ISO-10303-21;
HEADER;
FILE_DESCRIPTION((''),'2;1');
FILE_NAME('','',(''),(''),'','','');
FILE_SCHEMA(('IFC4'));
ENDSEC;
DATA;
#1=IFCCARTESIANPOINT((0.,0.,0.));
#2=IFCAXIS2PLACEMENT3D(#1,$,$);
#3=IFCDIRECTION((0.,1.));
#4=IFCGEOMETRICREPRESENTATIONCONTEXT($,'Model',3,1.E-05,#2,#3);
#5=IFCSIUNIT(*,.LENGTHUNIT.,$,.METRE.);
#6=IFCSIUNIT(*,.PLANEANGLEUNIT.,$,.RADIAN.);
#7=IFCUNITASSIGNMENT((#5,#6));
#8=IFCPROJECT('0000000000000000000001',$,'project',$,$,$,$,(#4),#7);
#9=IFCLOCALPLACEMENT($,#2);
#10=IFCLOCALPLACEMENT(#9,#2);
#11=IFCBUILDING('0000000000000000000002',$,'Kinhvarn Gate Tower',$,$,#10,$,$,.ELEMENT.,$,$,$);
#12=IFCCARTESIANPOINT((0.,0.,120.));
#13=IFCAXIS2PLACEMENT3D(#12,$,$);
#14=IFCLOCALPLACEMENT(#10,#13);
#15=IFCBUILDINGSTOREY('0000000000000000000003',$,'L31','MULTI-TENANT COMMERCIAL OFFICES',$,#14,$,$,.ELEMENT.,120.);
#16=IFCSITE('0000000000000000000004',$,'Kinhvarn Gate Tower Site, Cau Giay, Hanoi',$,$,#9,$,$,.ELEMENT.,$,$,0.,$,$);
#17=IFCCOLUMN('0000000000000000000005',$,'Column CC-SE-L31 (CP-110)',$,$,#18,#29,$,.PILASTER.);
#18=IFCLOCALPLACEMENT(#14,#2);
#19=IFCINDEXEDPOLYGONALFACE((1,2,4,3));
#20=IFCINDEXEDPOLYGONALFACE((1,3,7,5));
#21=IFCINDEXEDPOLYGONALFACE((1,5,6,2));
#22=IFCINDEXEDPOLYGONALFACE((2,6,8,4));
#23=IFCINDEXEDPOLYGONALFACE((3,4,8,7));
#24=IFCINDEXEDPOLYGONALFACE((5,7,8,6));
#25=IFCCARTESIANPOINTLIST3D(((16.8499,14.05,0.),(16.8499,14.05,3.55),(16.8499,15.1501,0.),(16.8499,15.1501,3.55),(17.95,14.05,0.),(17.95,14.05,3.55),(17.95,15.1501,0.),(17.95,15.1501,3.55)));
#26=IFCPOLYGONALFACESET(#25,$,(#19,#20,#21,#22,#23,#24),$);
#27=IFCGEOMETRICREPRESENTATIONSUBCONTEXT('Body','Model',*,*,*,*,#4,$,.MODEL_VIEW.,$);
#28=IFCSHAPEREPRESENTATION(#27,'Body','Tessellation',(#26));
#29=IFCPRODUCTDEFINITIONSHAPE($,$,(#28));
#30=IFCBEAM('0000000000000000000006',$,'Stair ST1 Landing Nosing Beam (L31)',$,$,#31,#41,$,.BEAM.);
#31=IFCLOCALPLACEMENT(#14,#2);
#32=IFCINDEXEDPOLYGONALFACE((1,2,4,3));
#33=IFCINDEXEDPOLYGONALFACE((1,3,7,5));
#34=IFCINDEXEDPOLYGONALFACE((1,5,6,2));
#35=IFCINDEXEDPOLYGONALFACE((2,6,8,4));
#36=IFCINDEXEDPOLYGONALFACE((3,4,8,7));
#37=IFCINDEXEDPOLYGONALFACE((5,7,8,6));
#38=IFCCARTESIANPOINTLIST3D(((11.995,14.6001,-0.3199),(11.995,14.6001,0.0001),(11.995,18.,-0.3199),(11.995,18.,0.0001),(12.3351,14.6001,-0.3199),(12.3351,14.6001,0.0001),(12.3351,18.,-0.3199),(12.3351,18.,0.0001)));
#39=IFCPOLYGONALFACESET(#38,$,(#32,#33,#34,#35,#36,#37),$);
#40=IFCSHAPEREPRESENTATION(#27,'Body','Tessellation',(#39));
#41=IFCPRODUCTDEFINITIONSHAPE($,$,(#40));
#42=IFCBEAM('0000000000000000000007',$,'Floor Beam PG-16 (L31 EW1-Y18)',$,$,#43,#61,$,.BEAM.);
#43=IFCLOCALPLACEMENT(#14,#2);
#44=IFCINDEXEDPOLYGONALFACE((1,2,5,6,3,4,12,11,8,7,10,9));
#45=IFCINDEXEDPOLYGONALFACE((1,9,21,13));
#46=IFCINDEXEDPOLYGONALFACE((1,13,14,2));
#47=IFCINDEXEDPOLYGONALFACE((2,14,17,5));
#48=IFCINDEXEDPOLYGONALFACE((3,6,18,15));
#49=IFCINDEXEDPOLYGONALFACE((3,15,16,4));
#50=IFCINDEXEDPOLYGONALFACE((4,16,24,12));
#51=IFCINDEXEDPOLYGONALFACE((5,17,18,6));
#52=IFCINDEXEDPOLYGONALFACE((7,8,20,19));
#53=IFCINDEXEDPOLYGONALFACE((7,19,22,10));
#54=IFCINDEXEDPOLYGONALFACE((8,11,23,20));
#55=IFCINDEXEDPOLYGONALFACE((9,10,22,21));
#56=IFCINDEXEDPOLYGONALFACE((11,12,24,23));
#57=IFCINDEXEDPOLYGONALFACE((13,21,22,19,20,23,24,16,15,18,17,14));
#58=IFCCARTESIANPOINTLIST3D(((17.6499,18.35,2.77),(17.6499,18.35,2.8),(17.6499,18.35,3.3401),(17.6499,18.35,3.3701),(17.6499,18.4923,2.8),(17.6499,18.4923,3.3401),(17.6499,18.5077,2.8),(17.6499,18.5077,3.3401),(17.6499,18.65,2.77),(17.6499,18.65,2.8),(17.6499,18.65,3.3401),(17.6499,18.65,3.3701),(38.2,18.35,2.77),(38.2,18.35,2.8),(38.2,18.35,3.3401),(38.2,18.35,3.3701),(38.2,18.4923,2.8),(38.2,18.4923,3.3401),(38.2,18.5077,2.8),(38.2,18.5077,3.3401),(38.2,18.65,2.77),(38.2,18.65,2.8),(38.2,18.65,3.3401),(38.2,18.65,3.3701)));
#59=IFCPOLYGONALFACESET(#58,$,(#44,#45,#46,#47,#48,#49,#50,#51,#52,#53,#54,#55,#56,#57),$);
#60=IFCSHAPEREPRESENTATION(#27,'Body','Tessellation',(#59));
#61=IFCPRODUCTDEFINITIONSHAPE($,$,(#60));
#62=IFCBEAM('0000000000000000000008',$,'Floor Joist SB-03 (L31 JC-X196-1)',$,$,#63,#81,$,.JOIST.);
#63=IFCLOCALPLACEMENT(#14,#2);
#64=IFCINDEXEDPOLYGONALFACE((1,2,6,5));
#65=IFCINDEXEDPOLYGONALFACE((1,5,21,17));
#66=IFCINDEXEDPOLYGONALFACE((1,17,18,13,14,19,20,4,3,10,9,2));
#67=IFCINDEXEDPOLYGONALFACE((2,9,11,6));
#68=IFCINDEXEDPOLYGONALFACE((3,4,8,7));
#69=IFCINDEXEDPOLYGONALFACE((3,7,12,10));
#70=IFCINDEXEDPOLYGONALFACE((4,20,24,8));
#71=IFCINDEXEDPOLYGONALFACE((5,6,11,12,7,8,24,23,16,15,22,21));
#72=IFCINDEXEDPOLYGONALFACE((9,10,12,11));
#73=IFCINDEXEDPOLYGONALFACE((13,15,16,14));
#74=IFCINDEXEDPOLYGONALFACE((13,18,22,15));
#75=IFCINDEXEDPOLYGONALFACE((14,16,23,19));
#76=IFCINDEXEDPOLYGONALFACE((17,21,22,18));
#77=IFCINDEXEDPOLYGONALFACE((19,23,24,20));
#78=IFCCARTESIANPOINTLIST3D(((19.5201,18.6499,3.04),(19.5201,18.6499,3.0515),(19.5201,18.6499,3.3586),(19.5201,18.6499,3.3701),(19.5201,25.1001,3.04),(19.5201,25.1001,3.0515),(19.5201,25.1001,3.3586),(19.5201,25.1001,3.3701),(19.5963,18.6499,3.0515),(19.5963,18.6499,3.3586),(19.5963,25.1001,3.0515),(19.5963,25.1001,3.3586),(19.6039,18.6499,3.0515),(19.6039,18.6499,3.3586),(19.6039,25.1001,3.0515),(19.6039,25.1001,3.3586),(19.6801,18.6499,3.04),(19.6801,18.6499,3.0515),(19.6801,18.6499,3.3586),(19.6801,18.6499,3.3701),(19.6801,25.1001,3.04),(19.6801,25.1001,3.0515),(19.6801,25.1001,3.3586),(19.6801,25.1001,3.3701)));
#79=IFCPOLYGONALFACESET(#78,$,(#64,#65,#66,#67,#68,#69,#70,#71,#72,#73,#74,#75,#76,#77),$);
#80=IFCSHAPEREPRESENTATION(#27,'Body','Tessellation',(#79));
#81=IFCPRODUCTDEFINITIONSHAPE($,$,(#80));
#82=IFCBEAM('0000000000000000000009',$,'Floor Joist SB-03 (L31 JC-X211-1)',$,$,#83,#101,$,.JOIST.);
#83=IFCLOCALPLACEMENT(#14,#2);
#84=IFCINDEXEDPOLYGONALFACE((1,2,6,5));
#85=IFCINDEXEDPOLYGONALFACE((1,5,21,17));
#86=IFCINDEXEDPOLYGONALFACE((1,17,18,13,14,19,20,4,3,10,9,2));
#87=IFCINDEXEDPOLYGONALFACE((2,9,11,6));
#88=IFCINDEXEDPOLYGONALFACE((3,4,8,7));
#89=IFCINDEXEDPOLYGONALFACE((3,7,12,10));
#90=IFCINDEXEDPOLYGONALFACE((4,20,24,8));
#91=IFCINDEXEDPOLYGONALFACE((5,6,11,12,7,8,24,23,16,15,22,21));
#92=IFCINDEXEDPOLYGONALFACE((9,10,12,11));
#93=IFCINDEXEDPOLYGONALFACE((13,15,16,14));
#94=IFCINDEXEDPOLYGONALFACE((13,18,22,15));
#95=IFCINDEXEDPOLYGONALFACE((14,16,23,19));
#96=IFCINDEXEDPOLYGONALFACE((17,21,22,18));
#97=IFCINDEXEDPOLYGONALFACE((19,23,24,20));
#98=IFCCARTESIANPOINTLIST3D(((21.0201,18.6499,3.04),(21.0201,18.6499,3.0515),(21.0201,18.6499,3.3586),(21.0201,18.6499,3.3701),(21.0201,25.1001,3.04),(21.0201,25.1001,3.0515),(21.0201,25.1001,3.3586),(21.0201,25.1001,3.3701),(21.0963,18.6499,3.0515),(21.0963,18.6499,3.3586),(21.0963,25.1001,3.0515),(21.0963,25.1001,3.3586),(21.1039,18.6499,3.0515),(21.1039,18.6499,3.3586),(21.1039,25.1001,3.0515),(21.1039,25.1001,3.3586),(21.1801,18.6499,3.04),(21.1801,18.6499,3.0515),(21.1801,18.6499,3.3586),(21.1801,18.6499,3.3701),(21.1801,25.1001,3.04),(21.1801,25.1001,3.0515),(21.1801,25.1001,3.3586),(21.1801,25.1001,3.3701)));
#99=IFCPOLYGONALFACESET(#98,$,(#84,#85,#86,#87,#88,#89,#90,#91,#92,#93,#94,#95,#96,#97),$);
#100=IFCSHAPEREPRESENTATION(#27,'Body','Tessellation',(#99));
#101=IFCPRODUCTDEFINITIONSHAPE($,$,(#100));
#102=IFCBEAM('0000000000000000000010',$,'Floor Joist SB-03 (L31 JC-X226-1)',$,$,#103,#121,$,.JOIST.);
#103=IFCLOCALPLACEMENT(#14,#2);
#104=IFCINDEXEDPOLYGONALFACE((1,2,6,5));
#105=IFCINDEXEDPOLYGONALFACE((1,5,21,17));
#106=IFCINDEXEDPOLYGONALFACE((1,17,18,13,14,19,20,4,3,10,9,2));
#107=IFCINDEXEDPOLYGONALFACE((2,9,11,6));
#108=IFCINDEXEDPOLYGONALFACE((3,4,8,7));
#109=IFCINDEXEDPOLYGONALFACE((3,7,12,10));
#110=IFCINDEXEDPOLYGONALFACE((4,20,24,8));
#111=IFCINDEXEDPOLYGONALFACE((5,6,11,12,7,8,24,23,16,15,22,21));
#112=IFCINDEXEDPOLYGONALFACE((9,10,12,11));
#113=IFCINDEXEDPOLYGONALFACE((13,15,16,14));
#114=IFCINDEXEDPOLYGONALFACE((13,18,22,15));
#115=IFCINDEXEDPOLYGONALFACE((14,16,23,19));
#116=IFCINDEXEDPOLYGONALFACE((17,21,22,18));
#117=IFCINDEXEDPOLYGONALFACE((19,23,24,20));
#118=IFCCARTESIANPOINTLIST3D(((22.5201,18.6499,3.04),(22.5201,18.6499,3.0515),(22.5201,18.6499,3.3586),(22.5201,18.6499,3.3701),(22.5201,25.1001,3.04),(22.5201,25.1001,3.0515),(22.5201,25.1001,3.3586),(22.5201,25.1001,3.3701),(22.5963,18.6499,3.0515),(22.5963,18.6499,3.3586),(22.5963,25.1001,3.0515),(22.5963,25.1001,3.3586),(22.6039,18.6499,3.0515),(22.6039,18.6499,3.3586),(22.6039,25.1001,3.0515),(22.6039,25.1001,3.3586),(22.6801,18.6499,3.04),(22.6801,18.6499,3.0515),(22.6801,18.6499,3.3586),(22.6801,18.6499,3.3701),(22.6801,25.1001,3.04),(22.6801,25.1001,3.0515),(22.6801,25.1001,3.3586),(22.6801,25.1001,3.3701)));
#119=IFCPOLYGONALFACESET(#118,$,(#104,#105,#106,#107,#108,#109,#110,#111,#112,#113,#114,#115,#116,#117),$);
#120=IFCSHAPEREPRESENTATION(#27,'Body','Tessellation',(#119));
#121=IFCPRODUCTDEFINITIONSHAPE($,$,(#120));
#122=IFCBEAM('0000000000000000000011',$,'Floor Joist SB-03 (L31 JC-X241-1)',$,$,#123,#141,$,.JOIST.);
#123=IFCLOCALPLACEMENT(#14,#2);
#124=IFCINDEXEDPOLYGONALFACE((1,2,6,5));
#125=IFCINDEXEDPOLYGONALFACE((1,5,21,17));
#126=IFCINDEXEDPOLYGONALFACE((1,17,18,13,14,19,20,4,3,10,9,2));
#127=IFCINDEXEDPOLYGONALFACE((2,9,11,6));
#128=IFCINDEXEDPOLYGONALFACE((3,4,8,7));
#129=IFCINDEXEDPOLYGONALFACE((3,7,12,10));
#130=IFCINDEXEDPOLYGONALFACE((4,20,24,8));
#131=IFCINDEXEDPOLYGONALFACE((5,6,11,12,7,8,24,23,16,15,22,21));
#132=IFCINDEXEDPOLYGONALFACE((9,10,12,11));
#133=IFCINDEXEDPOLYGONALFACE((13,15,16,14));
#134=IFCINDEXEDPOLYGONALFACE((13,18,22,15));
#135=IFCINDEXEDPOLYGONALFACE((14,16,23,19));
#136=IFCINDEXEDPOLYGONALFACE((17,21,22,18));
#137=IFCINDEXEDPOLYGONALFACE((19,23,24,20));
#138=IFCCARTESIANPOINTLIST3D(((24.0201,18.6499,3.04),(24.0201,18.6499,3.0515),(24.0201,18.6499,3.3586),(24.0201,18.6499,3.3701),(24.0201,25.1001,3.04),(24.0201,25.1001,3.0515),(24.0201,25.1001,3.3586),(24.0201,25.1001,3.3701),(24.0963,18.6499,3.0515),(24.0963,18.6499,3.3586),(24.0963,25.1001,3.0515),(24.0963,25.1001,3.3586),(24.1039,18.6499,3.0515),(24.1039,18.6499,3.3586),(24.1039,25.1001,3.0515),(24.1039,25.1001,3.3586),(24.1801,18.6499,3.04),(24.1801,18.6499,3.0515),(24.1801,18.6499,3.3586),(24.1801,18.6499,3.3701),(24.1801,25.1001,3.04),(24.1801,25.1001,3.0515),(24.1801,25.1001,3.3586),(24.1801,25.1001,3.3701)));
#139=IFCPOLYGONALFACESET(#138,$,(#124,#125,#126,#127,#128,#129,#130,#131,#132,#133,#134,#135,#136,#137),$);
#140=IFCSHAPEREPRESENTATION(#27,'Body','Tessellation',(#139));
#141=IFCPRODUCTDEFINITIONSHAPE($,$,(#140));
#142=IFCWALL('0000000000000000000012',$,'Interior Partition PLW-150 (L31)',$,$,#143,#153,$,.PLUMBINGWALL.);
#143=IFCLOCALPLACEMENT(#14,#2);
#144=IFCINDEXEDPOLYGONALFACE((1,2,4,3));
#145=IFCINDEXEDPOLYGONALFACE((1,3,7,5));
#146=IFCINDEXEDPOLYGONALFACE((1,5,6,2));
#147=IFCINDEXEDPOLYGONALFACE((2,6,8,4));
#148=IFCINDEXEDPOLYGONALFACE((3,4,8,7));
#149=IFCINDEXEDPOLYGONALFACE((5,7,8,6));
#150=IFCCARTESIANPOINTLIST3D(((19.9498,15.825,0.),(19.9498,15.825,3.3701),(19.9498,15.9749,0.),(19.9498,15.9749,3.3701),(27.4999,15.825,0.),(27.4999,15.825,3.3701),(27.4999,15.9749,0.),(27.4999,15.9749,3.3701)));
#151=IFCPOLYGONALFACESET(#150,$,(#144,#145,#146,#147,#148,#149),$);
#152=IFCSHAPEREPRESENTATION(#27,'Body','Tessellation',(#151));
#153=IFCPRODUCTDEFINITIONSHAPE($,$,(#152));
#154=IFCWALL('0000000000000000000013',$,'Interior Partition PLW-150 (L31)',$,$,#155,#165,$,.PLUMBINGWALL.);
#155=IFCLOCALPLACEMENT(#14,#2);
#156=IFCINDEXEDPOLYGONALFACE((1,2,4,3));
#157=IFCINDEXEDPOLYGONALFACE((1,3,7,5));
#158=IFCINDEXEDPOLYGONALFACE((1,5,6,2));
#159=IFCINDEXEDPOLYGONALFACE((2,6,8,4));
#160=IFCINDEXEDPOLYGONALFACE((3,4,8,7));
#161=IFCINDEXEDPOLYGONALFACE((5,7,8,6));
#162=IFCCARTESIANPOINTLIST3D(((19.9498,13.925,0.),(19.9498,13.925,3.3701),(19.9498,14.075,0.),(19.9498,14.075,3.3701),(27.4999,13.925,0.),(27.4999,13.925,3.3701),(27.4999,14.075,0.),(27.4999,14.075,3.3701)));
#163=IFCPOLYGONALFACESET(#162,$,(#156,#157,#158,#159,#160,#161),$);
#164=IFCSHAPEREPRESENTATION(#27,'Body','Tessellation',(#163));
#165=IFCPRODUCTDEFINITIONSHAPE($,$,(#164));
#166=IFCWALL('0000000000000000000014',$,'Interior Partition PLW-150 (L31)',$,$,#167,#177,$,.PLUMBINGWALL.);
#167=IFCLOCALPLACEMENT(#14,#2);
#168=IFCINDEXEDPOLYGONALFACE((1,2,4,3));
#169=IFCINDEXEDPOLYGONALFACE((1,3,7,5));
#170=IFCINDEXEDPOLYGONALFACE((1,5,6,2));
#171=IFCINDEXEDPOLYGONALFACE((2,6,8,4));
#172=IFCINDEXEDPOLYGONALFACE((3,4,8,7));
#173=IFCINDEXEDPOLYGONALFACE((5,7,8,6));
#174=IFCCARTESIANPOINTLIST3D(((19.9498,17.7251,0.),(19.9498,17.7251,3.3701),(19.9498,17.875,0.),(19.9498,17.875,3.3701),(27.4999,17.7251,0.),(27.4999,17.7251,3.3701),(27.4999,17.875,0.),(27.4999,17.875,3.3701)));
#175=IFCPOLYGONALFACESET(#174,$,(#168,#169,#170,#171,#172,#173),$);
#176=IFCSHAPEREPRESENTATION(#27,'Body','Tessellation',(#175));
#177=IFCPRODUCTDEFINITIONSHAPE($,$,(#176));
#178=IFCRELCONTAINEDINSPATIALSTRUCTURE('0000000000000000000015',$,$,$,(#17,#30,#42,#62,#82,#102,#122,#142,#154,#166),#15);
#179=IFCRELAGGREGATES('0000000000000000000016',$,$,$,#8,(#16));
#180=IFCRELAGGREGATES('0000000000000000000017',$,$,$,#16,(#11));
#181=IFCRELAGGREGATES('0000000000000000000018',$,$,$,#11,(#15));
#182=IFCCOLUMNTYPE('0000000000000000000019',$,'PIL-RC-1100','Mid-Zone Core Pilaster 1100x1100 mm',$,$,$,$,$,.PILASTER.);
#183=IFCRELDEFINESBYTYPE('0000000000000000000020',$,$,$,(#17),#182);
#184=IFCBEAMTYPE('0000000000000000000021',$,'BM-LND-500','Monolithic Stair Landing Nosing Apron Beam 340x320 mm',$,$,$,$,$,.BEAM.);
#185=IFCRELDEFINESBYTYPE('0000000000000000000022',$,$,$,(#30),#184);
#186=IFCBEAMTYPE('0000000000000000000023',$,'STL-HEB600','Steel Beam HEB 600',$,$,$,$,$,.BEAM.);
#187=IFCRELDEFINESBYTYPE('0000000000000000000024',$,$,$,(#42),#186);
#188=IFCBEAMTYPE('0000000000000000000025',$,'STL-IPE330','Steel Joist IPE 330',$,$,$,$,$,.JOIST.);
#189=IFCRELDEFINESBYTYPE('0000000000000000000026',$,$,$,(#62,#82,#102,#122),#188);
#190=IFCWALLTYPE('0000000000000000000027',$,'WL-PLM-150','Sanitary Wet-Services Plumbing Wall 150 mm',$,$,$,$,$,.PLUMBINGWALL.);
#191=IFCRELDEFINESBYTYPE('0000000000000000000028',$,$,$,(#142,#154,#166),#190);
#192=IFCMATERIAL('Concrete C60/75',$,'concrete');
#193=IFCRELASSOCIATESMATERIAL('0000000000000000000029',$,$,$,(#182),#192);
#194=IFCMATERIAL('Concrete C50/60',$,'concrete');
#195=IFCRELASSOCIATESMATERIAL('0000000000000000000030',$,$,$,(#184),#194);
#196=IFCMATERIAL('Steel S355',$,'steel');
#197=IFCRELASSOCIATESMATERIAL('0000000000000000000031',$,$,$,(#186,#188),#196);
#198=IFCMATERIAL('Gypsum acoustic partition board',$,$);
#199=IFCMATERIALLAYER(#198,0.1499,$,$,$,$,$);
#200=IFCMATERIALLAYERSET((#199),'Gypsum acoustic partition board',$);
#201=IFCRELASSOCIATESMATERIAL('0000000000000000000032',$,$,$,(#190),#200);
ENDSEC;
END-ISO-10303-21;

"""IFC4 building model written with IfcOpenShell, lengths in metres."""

from ifc_helpers import new_model, si_unit, direction, frame, frame_2d, origin, origin_2d, place, context, subcontext, project, spatial, rectangle, i_section, extrude, material, layer, layer_set, material_profile, profile_set, type_object, element, save


model = new_model("IFC4")

# Units and contexts
model_context = context("Model", 3, precision=1e-05, world=origin(), true_north=direction((0.0, 1.0)))
body_context = subcontext(model_context, "Body", "Model", "MODEL_VIEW")
ifc_project = project(units=[si_unit("LENGTHUNIT", "METRE"), si_unit("PLANEANGLEUNIT", "RADIAN")], contexts=[model_context])

# Site, building, storey
site_placement = place(None, origin())
site = spatial("IfcSite", under=ifc_project, at=site_placement, Name="Kinhvarn Gate Tower Site, Cau Giay, Hanoi", CompositionType="ELEMENT", RefElevation=0.0)
building_placement = place(site_placement, origin())
building = spatial("IfcBuilding", under=site, at=building_placement, Name="Kinhvarn Gate Tower", CompositionType="ELEMENT")
storey_placement = place(building_placement, frame((0.0, 0.0, 120.0)))
storey = spatial("IfcBuildingStorey", under=building, at=storey_placement, Name="L31", Description="MULTI-TENANT COMMERCIAL OFFICES", CompositionType="ELEMENT", Elevation=120.0)

# Column
ifc_material_1 = material(Name="Concrete C60/75", Category="concrete")
ifc_material_profile_1 = material_profile(ifc_material_1, rectangle(XDim=1.1001, YDim=1.1001, at=origin_2d()), Name="RC 1100x1100")
ifc_profile_set_1 = profile_set([ifc_material_profile_1], Name="Concrete C60/75")
column_type = type_object("IfcColumnType", Name="PIL-RC-1100", Description="Mid-Zone Core Pilaster 1100x1100 mm", PredefinedType="PILASTER", material=ifc_profile_set_1)
column_placement = place(storey_placement, frame((17.3999, 14.6001, 0.0), z_axis=(0.0, 0.0, 1.0), x_axis=(1.0, 0.0, 0.0)))
element("IfcColumn", 1, at=column_placement, inside=storey, type_object=column_type, Name="Column CC-SE-L31 (CP-110)", PredefinedType="PILASTER", context=body_context, shape_type="SweptSolid", body=[
    extrude(rectangle(XDim=1.1001, YDim=1.1001, at=origin_2d()), origin(), (0.0, 0.0, 1.0), 3.55),
])

# Beams
ifc_material_2 = material(Name="Concrete C50/60", Category="concrete")
ifc_material_profile_2 = material_profile(ifc_material_2, rectangle(XDim=0.3401, YDim=0.3201, at=origin_2d()), Name="RC 340x320")
ifc_profile_set_2 = profile_set([ifc_material_profile_2], Name="Concrete C50/60")
beam_type_1 = type_object("IfcBeamType", Name="BM-LND-500", Description="Monolithic Stair Landing Nosing Apron Beam 340x320 mm", PredefinedType="BEAM", material=ifc_profile_set_2)
beam_1_placement = place(storey_placement, frame((12.165, 14.6001, -0.1599), z_axis=(0.0, 1.0, 0.0), x_axis=(-1.0, 0.0, 0.0)))
element("IfcBeam", 2, at=beam_1_placement, inside=storey, type_object=beam_type_1, Name="Stair ST1 Landing Nosing Beam (L31)", PredefinedType="BEAM", context=body_context, shape_type="SweptSolid", body=[
    extrude(rectangle(XDim=0.3401, YDim=0.3201, at=origin_2d()), origin(), (0.0, 0.0, 1.0), 3.3999),
])
ifc_material_3 = material(Name="Steel S355", Category="steel")
ifc_material_profile_3 = material_profile(ifc_material_3, i_section(OverallWidth=0.3, OverallDepth=0.6001, WebThickness=0.0154, FlangeThickness=0.03, at=origin_2d()), Name="HEB 600")
ifc_profile_set_3 = profile_set([ifc_material_profile_3], Name="Steel S355")
beam_type_2 = type_object("IfcBeamType", Name="STL-HEB600", Description="Steel Beam HEB 600", PredefinedType="BEAM", material=ifc_profile_set_3)
beam_2_placement = place(storey_placement, frame((17.6499, 18.5, 3.0701), z_axis=(1.0, 0.0, 0.0), x_axis=(0.0, 1.0, 0.0)))
element("IfcBeam", 3, at=beam_2_placement, inside=storey, type_object=beam_type_2, Name="Floor Beam PG-16 (L31 EW1-Y18)", PredefinedType="BEAM", context=body_context, shape_type="SweptSolid", body=[
    extrude(i_section(OverallWidth=0.3, OverallDepth=0.6001, WebThickness=0.0154, FlangeThickness=0.03, at=origin_2d()), origin(), (0.0, 0.0, 1.0), 20.55),
])
ifc_material_profile_4 = material_profile(ifc_material_3, i_section(OverallWidth=0.1599, OverallDepth=0.3301, WebThickness=0.0076, FlangeThickness=0.0115, at=origin_2d()), Name="IPE 330")
ifc_profile_set_4 = profile_set([ifc_material_profile_4], Name="Steel S355")
beam_type_3 = type_object("IfcBeamType", Name="STL-IPE330", Description="Steel Joist IPE 330", PredefinedType="JOIST", material=ifc_profile_set_4)
for number, where, z_axis, x_axis, name in (
    (4, (19.6001, 18.6499, 3.2051), (0.0, 1.0, 0.0), (-1.0, 0.0, 0.0), "Floor Joist SB-03 (L31 JC-X196-1)"),
    (5, (21.1001, 18.6499, 3.2051), (0.0, 1.0, 0.0), (-1.0, 0.0, 0.0), "Floor Joist SB-03 (L31 JC-X211-1)"),
    (6, (22.6001, 18.6499, 3.2051), (0.0, 1.0, 0.0), (-1.0, 0.0, 0.0), "Floor Joist SB-03 (L31 JC-X226-1)"),
    (7, (24.1001, 18.6499, 3.2051), (0.0, 1.0, 0.0), (-1.0, 0.0, 0.0), "Floor Joist SB-03 (L31 JC-X241-1)"),
):
    element("IfcBeam", number, at=place(storey_placement, frame(where, z_axis=z_axis, x_axis=x_axis)), inside=storey, type_object=beam_type_3, Name=name, PredefinedType="JOIST", context=body_context, shape_type="SweptSolid", body=[
        extrude(i_section(OverallWidth=0.1599, OverallDepth=0.3301, WebThickness=0.0076, FlangeThickness=0.0115, at=origin_2d()), origin(), (0.0, 0.0, 1.0), 6.4502),
    ])

# Walls
ifc_material_4 = material(Name="Gypsum acoustic partition board")
ifc_layer_1 = layer(ifc_material_4, 0.1499)
ifc_layer_set_1 = layer_set([ifc_layer_1], Name="Gypsum acoustic partition board")
wall_type_1 = type_object("IfcWallType", Name="WL-PLM-150", Description="Sanitary Wet-Services Plumbing Wall 150 mm", PredefinedType="PLUMBINGWALL", material=ifc_layer_set_1)
for number, where, z_axis, x_axis, name in (
    (8, (19.95, 15.8999, 0.0), (0.0, 0.0, 1.0), (1.0, 0.0, 0.0), "Interior Partition PLW-150 (L31)"),
    (9, (19.95, 14.0, 0.0), (0.0, 0.0, 1.0), (1.0, 0.0, 0.0), "Interior Partition PLW-150 (L31)"),
    (10, (19.95, 17.8, 0.0), (0.0, 0.0, 1.0), (1.0, 0.0, 0.0), "Interior Partition PLW-150 (L31)"),
):
    element("IfcWall", number, at=place(storey_placement, frame(where, z_axis=z_axis, x_axis=x_axis)), inside=storey, type_object=wall_type_1, Name=name, PredefinedType="PLUMBINGWALL", context=body_context, shape_type="SweptSolid", body=[
        extrude(rectangle(XDim=7.55, YDim=0.1499, at=frame_2d((3.7749, 0.0))), origin(), (0.0, 0.0, 1.0), 3.3701),
    ])

save(model, "model.ifc")
